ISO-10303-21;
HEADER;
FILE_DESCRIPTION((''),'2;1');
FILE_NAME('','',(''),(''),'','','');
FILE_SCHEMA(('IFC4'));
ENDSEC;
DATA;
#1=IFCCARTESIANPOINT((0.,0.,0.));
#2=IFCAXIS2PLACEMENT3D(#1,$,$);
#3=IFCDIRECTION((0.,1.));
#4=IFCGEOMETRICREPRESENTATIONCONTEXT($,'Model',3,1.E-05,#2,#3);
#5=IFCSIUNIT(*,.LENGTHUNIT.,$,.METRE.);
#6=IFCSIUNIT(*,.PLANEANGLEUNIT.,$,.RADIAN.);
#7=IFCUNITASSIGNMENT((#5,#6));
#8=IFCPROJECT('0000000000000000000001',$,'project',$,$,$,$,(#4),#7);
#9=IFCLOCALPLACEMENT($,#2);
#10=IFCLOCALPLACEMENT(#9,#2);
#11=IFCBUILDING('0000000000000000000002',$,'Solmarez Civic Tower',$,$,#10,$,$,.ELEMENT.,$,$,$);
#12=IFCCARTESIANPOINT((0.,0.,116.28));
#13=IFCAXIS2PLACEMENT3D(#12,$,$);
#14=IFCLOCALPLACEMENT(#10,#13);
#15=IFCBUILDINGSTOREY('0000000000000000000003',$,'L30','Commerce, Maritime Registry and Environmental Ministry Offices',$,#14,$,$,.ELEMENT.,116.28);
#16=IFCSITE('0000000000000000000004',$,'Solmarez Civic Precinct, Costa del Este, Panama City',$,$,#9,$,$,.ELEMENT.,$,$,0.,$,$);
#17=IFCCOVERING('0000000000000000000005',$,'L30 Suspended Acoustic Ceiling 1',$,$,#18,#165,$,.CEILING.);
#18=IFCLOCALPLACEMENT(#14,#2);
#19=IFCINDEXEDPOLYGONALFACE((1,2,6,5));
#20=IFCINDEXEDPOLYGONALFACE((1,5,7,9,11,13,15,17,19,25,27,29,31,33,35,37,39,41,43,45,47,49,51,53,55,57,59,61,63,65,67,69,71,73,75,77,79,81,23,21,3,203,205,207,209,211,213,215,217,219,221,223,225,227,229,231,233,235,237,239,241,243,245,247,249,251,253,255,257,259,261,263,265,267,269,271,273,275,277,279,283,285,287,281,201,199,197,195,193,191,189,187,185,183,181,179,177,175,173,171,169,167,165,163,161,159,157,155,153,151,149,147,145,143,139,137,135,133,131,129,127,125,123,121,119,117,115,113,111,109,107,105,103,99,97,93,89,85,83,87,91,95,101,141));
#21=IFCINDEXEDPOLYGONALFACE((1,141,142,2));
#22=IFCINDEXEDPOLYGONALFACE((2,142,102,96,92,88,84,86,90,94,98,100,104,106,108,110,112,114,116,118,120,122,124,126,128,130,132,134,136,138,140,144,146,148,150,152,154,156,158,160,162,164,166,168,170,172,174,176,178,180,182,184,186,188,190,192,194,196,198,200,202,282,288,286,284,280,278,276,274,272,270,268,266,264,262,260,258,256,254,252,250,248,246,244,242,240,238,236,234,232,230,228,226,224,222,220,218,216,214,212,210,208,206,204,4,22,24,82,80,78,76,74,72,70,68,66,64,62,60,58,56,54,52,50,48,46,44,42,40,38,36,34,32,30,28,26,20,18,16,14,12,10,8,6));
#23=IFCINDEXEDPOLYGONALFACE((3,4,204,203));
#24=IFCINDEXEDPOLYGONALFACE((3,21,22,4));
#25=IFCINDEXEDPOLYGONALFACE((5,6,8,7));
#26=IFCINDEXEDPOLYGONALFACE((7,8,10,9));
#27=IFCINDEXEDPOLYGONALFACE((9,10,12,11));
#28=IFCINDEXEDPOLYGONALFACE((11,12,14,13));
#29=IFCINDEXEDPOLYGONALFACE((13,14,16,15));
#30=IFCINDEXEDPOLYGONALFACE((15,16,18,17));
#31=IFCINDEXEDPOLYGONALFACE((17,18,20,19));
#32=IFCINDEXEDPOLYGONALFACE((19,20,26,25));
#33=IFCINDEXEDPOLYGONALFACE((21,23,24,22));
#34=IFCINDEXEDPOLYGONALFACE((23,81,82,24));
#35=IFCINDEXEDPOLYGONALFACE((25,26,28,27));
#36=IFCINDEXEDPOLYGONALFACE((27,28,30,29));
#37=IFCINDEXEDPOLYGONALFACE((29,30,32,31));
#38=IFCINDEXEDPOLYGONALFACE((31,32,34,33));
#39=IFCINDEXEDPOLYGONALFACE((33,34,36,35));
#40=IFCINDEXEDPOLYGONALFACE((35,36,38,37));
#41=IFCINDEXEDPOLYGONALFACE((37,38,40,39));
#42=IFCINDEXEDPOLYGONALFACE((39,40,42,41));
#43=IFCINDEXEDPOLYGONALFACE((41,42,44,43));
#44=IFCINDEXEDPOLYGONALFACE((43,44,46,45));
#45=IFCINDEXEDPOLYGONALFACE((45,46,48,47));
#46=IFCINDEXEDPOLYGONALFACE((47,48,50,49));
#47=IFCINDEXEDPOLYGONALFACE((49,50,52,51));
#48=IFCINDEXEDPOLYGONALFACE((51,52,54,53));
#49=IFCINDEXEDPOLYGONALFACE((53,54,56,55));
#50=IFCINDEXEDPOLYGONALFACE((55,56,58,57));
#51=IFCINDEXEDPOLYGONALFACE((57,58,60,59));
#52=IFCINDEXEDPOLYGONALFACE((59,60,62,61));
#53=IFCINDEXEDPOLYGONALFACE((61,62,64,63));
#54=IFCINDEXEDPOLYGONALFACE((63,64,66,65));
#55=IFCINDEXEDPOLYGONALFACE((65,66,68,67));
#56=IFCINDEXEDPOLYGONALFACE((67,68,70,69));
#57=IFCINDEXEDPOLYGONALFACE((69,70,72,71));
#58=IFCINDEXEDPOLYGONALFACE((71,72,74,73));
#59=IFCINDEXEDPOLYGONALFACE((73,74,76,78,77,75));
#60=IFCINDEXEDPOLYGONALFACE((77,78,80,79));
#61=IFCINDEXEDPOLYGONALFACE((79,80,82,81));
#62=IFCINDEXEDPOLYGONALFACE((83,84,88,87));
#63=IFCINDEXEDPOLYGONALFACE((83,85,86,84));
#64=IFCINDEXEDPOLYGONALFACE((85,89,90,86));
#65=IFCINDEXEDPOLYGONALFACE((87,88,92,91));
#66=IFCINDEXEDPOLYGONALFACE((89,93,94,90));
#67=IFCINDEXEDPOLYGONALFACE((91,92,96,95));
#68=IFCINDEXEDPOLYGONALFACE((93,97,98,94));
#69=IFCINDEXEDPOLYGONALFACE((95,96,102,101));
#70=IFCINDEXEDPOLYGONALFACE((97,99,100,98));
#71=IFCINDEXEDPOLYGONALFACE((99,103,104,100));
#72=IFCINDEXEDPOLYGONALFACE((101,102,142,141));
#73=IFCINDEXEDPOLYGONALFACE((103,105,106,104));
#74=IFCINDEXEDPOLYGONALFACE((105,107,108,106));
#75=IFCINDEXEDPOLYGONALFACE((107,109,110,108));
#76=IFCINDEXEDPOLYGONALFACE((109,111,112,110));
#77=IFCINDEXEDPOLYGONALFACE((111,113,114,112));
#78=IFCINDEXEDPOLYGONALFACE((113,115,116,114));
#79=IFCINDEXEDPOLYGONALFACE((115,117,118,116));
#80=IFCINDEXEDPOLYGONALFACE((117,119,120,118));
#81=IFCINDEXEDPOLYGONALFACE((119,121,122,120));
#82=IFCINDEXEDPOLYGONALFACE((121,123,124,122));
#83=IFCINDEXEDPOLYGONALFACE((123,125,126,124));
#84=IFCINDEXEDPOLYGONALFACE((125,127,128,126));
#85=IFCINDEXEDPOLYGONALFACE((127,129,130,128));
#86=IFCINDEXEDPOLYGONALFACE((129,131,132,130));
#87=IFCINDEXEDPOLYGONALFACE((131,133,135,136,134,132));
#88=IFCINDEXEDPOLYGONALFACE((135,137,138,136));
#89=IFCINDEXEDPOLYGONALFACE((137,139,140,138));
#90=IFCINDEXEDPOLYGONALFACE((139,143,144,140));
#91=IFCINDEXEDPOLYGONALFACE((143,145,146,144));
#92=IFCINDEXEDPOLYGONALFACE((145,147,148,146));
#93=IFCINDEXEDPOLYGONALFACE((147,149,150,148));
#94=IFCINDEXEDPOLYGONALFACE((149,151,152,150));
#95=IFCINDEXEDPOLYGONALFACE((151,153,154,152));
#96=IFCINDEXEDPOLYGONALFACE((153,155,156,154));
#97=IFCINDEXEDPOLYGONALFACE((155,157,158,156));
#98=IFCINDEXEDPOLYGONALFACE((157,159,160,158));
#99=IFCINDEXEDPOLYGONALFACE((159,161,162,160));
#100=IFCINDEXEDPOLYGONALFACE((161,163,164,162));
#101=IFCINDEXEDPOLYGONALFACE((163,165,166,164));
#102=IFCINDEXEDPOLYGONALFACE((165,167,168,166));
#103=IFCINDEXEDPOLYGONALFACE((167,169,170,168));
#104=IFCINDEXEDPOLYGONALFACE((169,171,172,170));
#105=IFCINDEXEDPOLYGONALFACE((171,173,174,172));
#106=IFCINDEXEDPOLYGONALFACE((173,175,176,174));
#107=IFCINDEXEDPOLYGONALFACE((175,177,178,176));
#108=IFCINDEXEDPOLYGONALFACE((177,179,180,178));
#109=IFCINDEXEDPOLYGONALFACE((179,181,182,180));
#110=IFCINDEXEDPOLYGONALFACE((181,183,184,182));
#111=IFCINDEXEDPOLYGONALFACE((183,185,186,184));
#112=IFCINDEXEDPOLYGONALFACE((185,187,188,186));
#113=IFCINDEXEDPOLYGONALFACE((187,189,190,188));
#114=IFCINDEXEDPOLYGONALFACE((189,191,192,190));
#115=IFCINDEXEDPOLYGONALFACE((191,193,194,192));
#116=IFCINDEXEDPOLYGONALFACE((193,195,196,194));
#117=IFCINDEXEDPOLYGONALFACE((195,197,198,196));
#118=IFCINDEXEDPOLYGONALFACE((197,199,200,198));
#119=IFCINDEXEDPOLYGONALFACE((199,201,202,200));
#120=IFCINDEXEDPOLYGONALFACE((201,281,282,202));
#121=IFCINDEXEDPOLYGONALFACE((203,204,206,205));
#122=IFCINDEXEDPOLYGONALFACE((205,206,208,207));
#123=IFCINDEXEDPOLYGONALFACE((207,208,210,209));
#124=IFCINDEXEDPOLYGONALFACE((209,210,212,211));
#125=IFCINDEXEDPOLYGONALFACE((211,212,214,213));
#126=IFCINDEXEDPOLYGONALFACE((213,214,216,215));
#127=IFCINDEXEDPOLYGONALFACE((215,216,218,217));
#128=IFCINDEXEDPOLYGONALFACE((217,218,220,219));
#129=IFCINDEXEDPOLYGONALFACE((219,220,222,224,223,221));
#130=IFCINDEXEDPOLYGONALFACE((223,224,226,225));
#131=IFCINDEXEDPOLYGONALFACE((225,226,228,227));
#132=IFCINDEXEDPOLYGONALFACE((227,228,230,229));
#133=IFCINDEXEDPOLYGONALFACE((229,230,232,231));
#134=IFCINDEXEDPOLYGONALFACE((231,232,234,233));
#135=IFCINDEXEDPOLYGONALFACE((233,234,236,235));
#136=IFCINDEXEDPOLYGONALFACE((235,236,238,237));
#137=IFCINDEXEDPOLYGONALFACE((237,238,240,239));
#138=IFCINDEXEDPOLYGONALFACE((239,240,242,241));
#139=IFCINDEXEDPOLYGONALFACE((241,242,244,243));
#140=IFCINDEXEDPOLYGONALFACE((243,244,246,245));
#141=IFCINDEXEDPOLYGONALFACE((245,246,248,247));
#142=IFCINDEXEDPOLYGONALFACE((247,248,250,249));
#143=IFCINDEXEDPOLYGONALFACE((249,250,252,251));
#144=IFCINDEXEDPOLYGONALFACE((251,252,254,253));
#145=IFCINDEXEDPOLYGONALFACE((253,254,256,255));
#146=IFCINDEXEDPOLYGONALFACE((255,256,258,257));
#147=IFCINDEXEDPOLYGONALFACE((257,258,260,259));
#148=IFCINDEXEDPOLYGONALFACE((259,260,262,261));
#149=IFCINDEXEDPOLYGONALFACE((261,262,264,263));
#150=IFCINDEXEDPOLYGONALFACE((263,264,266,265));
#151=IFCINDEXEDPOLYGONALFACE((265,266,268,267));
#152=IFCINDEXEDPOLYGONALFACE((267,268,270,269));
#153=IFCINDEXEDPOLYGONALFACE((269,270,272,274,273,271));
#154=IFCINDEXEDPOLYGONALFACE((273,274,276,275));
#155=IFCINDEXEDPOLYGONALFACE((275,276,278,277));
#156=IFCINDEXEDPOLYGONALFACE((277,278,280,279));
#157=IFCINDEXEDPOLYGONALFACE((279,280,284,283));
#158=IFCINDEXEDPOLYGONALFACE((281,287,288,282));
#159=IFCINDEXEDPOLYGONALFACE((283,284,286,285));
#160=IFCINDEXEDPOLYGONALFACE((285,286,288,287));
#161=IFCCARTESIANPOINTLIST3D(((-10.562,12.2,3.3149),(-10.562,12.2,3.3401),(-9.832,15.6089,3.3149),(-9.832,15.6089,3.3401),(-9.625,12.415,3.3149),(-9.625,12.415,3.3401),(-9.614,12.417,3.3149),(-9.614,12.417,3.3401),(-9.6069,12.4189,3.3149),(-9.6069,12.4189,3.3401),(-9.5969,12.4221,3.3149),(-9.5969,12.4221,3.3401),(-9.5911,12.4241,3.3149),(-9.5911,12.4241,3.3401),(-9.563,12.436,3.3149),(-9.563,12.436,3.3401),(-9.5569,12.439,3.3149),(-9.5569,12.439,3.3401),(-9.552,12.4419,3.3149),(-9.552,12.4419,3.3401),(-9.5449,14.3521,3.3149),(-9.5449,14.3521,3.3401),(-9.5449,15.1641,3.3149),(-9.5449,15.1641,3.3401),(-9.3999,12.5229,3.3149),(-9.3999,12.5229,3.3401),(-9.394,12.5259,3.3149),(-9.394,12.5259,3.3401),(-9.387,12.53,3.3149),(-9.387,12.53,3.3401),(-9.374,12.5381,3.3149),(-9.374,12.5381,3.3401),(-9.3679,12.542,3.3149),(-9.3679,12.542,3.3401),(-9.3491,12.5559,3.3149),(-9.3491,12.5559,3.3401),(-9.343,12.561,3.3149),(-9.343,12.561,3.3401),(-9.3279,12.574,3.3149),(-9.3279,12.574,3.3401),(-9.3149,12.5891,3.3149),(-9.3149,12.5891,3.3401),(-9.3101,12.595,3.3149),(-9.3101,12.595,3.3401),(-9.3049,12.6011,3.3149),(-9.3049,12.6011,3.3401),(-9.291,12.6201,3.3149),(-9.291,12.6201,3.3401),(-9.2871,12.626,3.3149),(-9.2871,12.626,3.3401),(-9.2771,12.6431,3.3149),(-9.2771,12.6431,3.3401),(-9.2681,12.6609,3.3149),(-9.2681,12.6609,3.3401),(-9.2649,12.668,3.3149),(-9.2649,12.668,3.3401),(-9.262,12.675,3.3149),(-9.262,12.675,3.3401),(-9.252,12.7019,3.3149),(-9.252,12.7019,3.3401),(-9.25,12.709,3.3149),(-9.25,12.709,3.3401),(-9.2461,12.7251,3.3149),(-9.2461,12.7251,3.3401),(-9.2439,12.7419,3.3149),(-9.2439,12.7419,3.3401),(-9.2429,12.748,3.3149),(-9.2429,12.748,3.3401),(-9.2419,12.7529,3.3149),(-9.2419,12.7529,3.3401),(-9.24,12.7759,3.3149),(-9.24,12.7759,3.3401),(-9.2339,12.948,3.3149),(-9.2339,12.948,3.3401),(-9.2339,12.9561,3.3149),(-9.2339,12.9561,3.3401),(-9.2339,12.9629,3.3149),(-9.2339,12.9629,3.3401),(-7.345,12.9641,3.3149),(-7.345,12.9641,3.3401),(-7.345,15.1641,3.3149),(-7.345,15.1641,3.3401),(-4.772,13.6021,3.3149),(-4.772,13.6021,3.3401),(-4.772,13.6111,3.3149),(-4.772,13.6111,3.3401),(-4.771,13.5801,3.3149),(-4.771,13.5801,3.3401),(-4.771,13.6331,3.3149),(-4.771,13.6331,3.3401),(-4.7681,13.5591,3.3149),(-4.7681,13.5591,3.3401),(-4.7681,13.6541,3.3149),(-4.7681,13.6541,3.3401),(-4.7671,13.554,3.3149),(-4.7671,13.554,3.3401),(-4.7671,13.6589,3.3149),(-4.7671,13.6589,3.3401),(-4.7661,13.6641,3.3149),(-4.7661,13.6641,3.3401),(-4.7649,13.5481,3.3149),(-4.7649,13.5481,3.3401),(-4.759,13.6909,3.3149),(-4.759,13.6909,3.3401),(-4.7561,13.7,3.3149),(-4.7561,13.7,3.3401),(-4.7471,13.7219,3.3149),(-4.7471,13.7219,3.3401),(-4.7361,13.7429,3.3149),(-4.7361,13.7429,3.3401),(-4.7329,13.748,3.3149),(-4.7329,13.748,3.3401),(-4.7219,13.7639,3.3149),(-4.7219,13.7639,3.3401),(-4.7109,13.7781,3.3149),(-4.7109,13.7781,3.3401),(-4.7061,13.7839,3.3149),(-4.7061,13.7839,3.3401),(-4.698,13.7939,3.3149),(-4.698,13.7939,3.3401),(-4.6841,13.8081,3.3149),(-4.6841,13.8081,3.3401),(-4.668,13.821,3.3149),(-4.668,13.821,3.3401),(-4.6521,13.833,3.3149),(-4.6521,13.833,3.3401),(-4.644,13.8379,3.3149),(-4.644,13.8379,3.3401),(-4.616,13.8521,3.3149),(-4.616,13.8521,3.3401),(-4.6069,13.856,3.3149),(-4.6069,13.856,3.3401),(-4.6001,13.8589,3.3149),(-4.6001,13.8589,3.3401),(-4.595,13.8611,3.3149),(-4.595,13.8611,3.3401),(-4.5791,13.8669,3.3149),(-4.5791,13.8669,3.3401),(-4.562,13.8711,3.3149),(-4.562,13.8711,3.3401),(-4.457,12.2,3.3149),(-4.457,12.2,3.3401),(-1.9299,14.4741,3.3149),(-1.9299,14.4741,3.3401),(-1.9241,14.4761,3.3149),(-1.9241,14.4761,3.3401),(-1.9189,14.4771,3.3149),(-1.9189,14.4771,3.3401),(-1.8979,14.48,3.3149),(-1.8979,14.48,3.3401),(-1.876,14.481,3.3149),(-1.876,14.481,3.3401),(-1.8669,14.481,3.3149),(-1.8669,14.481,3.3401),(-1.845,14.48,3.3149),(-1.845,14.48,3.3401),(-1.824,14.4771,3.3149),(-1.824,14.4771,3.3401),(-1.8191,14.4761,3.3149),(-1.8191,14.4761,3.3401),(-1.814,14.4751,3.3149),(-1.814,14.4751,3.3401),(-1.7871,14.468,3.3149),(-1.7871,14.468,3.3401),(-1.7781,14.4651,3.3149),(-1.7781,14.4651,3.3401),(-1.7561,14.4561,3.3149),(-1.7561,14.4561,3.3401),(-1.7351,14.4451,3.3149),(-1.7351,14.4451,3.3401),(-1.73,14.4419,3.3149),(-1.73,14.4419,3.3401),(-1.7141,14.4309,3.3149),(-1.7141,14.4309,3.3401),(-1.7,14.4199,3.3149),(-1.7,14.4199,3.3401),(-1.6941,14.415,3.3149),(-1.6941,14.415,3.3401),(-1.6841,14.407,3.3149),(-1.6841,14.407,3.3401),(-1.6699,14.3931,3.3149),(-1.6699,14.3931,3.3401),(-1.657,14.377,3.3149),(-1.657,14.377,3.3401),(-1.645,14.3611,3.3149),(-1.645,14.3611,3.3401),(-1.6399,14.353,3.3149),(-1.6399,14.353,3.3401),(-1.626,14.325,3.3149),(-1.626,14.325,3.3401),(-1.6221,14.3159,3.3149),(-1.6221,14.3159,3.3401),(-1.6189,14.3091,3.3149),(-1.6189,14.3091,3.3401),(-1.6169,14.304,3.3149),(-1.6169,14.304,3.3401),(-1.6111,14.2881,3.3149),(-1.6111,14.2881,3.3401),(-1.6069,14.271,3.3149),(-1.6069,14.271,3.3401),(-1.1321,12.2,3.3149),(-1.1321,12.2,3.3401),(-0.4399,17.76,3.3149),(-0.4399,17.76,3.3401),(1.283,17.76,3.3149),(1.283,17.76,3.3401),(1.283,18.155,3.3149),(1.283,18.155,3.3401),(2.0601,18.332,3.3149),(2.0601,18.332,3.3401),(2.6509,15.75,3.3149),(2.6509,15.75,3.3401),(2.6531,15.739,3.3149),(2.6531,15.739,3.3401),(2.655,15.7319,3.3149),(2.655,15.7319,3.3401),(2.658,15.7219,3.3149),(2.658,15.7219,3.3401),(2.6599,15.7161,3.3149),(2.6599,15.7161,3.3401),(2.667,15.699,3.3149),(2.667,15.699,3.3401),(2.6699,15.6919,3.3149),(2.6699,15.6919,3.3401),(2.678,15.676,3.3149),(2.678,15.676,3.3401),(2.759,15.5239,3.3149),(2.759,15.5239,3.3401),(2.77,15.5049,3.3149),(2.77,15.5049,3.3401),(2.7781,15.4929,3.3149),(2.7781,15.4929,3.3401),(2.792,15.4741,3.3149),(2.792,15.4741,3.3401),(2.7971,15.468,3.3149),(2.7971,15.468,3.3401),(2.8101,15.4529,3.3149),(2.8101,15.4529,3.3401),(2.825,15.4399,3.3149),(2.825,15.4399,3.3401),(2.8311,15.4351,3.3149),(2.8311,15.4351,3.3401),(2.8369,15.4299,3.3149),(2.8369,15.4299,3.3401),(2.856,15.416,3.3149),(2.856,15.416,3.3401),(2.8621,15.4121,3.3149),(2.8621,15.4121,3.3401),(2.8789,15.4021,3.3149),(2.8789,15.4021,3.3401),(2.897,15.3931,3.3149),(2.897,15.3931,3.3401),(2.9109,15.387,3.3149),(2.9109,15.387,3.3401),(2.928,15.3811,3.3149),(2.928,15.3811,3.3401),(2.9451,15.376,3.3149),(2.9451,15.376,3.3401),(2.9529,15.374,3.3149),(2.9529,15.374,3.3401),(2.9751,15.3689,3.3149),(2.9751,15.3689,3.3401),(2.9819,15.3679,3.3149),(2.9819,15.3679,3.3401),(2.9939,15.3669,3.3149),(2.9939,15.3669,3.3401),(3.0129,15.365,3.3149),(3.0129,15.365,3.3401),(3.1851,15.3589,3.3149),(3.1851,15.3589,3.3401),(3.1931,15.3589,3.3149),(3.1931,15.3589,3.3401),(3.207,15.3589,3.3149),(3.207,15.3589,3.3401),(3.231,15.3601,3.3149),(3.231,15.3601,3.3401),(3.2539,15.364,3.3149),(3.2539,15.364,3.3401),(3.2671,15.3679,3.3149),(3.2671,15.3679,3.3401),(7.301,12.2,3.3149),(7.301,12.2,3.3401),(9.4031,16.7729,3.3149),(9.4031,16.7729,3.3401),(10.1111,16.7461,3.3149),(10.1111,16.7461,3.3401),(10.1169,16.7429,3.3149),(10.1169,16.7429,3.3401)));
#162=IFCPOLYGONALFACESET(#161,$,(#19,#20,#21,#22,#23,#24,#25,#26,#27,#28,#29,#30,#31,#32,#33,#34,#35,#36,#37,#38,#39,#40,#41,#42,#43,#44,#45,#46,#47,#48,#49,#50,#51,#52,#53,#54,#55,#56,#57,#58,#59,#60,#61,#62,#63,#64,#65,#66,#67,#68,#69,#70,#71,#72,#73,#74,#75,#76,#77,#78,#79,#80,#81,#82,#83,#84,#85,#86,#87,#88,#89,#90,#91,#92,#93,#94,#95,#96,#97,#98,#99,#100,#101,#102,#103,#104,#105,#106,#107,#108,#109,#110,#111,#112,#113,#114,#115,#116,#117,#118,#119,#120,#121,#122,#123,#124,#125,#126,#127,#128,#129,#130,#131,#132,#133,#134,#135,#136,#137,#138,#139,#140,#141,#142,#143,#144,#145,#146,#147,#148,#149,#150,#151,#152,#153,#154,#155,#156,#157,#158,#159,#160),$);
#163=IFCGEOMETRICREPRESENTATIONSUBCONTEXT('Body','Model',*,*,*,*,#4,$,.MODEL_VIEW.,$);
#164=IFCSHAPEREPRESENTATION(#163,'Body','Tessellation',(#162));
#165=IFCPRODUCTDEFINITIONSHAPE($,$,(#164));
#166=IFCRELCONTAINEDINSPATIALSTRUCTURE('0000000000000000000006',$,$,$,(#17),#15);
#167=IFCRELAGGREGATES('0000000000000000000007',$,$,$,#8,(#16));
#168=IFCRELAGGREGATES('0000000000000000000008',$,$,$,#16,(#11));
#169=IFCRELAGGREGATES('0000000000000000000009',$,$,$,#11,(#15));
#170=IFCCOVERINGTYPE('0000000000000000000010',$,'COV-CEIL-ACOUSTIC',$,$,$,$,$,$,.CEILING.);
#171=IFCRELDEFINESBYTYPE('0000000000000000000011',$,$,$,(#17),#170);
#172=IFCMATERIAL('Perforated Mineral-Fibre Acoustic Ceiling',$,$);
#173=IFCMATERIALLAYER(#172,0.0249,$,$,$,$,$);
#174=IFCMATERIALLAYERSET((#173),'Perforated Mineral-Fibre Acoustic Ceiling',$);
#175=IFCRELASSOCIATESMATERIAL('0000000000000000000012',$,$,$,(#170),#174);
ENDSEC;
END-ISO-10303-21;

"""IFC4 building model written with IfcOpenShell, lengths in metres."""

from ifc_helpers import new_model, si_unit, direction, frame, origin, place, context, subcontext, project, spatial, polyline, outline, extrude, material, layer, layer_set, type_object, element, save


model = new_model("IFC4")

# Units and contexts
model_context = context("Model", 3, precision=1e-05, world=origin(), true_north=direction((0.0, 1.0)))
body_context = subcontext(model_context, "Body", "Model", "MODEL_VIEW")
ifc_project = project(units=[si_unit("LENGTHUNIT", "METRE"), si_unit("PLANEANGLEUNIT", "RADIAN")], contexts=[model_context])

# Site, building, storey
site_placement = place(None, origin())
site = spatial("IfcSite", under=ifc_project, at=site_placement, Name="Solmarez Civic Precinct, Costa del Este, Panama City", CompositionType="ELEMENT", RefElevation=0.0)
building_placement = place(site_placement, origin())
building = spatial("IfcBuilding", under=site, at=building_placement, Name="Solmarez Civic Tower", CompositionType="ELEMENT")
storey_placement = place(building_placement, frame((0.0, 0.0, 116.28)))
storey = spatial("IfcBuildingStorey", under=building, at=storey_placement, Name="L30", Description="Commerce, Maritime Registry and Environmental Ministry Offices", CompositionType="ELEMENT", Elevation=116.28)

# Covering
ifc_material_1 = material(Name="Perforated Mineral-Fibre Acoustic Ceiling")
ifc_layer_1 = layer(ifc_material_1, 0.0249)
ifc_layer_set_1 = layer_set([ifc_layer_1], Name="Perforated Mineral-Fibre Acoustic Ceiling")
covering_type_1 = type_object("IfcCoveringType", Name="COV-CEIL-ACOUSTIC", PredefinedType="CEILING", material=ifc_layer_set_1)
covering_1_placement = place(storey_placement, frame((0.0, 0.0, 3.3149)))
element("IfcCovering", 1, at=covering_1_placement, inside=storey, type_object=covering_type_1, Name="L30 Suspended Acoustic Ceiling 1", PredefinedType="CEILING", context=body_context, shape_type="SweptSolid", body=[
    extrude(outline(polyline([(-9.832, 15.6089), (-9.5449, 14.3521), (-9.5449, 15.1641), (-7.345, 15.1641), (-7.345, 12.9641), (-9.2339, 12.9629), (-9.2339, 12.9561), (-9.2339, 12.948), (-9.24, 12.7759), (-9.2419, 12.7529), (-9.2429, 12.748), (-9.2439, 12.7419), (-9.2461, 12.7251), (-9.25, 12.709), (-9.252, 12.7019), (-9.262, 12.675), (-9.2649, 12.668), (-9.2681, 12.6609), (-9.2771, 12.6431), (-9.2871, 12.626), (-9.291, 12.6201), (-9.3049, 12.6011), (-9.3101, 12.595), (-9.3149, 12.5891), (-9.3279, 12.574), (-9.343, 12.561), (-9.3491, 12.5559), (-9.3679, 12.542), (-9.374, 12.5381), (-9.387, 12.53), (-9.394, 12.5259), (-9.3999, 12.5229), (-9.552, 12.4419), (-9.5569, 12.439), (-9.563, 12.436), (-9.5911, 12.4241), (-9.5969, 12.4221), (-9.6069, 12.4189), (-9.614, 12.417), (-9.625, 12.415), (-10.562, 12.2), (-4.457, 12.2), (-4.7649, 13.5481), (-4.7671, 13.554), (-4.7681, 13.5591), (-4.771, 13.5801), (-4.772, 13.6021), (-4.772, 13.6111), (-4.771, 13.6331), (-4.7681, 13.6541), (-4.7671, 13.6589), (-4.7661, 13.6641), (-4.759, 13.6909), (-4.7561, 13.7), (-4.7471, 13.7219), (-4.7361, 13.7429), (-4.7329, 13.748), (-4.7219, 13.7639), (-4.7109, 13.7781), (-4.7061, 13.7839), (-4.698, 13.7939), (-4.6841, 13.8081), (-4.668, 13.821), (-4.6521, 13.833), (-4.644, 13.8379), (-4.616, 13.8521), (-4.6069, 13.856), (-4.6001, 13.8589), (-4.595, 13.8611), (-4.5791, 13.8669), (-4.562, 13.8711), (-1.9299, 14.4741), (-1.9241, 14.4761), (-1.9189, 14.4771), (-1.8979, 14.48), (-1.876, 14.481), (-1.8669, 14.481), (-1.845, 14.48), (-1.824, 14.4771), (-1.8191, 14.4761), (-1.814, 14.4751), (-1.7871, 14.468), (-1.7781, 14.4651), (-1.7561, 14.4561), (-1.7351, 14.4451), (-1.73, 14.4419), (-1.7141, 14.4309), (-1.7, 14.4199), (-1.6941, 14.415), (-1.6841, 14.407), (-1.6699, 14.3931), (-1.657, 14.377), (-1.645, 14.3611), (-1.6399, 14.353), (-1.626, 14.325), (-1.6221, 14.3159), (-1.6189, 14.3091), (-1.6169, 14.304), (-1.6111, 14.2881), (-1.6069, 14.271), (-1.1321, 12.2), (7.301, 12.2), (10.1169, 16.7429), (10.1111, 16.7461), (9.4031, 16.7729), (3.2671, 15.3679), (3.2539, 15.364), (3.231, 15.3601), (3.207, 15.3589), (3.1931, 15.3589), (3.1851, 15.3589), (3.0129, 15.365), (2.9939, 15.3669), (2.9819, 15.3679), (2.9751, 15.3689), (2.9529, 15.374), (2.9451, 15.376), (2.928, 15.3811), (2.9109, 15.387), (2.897, 15.3931), (2.8789, 15.4021), (2.8621, 15.4121), (2.856, 15.416), (2.8369, 15.4299), (2.8311, 15.4351), (2.825, 15.4399), (2.8101, 15.4529), (2.7971, 15.468), (2.792, 15.4741), (2.7781, 15.4929), (2.77, 15.5049), (2.759, 15.5239), (2.678, 15.676), (2.6699, 15.6919), (2.667, 15.699), (2.6599, 15.7161), (2.658, 15.7219), (2.655, 15.7319), (2.6531, 15.739), (2.6509, 15.75), (2.0601, 18.332), (1.283, 18.155), (1.283, 17.76), (-0.4399, 17.76), (-9.832, 15.6089)])), origin(), (0.0, 0.0, 1.0), 0.0251),
])

save(model, "model.ifc")
